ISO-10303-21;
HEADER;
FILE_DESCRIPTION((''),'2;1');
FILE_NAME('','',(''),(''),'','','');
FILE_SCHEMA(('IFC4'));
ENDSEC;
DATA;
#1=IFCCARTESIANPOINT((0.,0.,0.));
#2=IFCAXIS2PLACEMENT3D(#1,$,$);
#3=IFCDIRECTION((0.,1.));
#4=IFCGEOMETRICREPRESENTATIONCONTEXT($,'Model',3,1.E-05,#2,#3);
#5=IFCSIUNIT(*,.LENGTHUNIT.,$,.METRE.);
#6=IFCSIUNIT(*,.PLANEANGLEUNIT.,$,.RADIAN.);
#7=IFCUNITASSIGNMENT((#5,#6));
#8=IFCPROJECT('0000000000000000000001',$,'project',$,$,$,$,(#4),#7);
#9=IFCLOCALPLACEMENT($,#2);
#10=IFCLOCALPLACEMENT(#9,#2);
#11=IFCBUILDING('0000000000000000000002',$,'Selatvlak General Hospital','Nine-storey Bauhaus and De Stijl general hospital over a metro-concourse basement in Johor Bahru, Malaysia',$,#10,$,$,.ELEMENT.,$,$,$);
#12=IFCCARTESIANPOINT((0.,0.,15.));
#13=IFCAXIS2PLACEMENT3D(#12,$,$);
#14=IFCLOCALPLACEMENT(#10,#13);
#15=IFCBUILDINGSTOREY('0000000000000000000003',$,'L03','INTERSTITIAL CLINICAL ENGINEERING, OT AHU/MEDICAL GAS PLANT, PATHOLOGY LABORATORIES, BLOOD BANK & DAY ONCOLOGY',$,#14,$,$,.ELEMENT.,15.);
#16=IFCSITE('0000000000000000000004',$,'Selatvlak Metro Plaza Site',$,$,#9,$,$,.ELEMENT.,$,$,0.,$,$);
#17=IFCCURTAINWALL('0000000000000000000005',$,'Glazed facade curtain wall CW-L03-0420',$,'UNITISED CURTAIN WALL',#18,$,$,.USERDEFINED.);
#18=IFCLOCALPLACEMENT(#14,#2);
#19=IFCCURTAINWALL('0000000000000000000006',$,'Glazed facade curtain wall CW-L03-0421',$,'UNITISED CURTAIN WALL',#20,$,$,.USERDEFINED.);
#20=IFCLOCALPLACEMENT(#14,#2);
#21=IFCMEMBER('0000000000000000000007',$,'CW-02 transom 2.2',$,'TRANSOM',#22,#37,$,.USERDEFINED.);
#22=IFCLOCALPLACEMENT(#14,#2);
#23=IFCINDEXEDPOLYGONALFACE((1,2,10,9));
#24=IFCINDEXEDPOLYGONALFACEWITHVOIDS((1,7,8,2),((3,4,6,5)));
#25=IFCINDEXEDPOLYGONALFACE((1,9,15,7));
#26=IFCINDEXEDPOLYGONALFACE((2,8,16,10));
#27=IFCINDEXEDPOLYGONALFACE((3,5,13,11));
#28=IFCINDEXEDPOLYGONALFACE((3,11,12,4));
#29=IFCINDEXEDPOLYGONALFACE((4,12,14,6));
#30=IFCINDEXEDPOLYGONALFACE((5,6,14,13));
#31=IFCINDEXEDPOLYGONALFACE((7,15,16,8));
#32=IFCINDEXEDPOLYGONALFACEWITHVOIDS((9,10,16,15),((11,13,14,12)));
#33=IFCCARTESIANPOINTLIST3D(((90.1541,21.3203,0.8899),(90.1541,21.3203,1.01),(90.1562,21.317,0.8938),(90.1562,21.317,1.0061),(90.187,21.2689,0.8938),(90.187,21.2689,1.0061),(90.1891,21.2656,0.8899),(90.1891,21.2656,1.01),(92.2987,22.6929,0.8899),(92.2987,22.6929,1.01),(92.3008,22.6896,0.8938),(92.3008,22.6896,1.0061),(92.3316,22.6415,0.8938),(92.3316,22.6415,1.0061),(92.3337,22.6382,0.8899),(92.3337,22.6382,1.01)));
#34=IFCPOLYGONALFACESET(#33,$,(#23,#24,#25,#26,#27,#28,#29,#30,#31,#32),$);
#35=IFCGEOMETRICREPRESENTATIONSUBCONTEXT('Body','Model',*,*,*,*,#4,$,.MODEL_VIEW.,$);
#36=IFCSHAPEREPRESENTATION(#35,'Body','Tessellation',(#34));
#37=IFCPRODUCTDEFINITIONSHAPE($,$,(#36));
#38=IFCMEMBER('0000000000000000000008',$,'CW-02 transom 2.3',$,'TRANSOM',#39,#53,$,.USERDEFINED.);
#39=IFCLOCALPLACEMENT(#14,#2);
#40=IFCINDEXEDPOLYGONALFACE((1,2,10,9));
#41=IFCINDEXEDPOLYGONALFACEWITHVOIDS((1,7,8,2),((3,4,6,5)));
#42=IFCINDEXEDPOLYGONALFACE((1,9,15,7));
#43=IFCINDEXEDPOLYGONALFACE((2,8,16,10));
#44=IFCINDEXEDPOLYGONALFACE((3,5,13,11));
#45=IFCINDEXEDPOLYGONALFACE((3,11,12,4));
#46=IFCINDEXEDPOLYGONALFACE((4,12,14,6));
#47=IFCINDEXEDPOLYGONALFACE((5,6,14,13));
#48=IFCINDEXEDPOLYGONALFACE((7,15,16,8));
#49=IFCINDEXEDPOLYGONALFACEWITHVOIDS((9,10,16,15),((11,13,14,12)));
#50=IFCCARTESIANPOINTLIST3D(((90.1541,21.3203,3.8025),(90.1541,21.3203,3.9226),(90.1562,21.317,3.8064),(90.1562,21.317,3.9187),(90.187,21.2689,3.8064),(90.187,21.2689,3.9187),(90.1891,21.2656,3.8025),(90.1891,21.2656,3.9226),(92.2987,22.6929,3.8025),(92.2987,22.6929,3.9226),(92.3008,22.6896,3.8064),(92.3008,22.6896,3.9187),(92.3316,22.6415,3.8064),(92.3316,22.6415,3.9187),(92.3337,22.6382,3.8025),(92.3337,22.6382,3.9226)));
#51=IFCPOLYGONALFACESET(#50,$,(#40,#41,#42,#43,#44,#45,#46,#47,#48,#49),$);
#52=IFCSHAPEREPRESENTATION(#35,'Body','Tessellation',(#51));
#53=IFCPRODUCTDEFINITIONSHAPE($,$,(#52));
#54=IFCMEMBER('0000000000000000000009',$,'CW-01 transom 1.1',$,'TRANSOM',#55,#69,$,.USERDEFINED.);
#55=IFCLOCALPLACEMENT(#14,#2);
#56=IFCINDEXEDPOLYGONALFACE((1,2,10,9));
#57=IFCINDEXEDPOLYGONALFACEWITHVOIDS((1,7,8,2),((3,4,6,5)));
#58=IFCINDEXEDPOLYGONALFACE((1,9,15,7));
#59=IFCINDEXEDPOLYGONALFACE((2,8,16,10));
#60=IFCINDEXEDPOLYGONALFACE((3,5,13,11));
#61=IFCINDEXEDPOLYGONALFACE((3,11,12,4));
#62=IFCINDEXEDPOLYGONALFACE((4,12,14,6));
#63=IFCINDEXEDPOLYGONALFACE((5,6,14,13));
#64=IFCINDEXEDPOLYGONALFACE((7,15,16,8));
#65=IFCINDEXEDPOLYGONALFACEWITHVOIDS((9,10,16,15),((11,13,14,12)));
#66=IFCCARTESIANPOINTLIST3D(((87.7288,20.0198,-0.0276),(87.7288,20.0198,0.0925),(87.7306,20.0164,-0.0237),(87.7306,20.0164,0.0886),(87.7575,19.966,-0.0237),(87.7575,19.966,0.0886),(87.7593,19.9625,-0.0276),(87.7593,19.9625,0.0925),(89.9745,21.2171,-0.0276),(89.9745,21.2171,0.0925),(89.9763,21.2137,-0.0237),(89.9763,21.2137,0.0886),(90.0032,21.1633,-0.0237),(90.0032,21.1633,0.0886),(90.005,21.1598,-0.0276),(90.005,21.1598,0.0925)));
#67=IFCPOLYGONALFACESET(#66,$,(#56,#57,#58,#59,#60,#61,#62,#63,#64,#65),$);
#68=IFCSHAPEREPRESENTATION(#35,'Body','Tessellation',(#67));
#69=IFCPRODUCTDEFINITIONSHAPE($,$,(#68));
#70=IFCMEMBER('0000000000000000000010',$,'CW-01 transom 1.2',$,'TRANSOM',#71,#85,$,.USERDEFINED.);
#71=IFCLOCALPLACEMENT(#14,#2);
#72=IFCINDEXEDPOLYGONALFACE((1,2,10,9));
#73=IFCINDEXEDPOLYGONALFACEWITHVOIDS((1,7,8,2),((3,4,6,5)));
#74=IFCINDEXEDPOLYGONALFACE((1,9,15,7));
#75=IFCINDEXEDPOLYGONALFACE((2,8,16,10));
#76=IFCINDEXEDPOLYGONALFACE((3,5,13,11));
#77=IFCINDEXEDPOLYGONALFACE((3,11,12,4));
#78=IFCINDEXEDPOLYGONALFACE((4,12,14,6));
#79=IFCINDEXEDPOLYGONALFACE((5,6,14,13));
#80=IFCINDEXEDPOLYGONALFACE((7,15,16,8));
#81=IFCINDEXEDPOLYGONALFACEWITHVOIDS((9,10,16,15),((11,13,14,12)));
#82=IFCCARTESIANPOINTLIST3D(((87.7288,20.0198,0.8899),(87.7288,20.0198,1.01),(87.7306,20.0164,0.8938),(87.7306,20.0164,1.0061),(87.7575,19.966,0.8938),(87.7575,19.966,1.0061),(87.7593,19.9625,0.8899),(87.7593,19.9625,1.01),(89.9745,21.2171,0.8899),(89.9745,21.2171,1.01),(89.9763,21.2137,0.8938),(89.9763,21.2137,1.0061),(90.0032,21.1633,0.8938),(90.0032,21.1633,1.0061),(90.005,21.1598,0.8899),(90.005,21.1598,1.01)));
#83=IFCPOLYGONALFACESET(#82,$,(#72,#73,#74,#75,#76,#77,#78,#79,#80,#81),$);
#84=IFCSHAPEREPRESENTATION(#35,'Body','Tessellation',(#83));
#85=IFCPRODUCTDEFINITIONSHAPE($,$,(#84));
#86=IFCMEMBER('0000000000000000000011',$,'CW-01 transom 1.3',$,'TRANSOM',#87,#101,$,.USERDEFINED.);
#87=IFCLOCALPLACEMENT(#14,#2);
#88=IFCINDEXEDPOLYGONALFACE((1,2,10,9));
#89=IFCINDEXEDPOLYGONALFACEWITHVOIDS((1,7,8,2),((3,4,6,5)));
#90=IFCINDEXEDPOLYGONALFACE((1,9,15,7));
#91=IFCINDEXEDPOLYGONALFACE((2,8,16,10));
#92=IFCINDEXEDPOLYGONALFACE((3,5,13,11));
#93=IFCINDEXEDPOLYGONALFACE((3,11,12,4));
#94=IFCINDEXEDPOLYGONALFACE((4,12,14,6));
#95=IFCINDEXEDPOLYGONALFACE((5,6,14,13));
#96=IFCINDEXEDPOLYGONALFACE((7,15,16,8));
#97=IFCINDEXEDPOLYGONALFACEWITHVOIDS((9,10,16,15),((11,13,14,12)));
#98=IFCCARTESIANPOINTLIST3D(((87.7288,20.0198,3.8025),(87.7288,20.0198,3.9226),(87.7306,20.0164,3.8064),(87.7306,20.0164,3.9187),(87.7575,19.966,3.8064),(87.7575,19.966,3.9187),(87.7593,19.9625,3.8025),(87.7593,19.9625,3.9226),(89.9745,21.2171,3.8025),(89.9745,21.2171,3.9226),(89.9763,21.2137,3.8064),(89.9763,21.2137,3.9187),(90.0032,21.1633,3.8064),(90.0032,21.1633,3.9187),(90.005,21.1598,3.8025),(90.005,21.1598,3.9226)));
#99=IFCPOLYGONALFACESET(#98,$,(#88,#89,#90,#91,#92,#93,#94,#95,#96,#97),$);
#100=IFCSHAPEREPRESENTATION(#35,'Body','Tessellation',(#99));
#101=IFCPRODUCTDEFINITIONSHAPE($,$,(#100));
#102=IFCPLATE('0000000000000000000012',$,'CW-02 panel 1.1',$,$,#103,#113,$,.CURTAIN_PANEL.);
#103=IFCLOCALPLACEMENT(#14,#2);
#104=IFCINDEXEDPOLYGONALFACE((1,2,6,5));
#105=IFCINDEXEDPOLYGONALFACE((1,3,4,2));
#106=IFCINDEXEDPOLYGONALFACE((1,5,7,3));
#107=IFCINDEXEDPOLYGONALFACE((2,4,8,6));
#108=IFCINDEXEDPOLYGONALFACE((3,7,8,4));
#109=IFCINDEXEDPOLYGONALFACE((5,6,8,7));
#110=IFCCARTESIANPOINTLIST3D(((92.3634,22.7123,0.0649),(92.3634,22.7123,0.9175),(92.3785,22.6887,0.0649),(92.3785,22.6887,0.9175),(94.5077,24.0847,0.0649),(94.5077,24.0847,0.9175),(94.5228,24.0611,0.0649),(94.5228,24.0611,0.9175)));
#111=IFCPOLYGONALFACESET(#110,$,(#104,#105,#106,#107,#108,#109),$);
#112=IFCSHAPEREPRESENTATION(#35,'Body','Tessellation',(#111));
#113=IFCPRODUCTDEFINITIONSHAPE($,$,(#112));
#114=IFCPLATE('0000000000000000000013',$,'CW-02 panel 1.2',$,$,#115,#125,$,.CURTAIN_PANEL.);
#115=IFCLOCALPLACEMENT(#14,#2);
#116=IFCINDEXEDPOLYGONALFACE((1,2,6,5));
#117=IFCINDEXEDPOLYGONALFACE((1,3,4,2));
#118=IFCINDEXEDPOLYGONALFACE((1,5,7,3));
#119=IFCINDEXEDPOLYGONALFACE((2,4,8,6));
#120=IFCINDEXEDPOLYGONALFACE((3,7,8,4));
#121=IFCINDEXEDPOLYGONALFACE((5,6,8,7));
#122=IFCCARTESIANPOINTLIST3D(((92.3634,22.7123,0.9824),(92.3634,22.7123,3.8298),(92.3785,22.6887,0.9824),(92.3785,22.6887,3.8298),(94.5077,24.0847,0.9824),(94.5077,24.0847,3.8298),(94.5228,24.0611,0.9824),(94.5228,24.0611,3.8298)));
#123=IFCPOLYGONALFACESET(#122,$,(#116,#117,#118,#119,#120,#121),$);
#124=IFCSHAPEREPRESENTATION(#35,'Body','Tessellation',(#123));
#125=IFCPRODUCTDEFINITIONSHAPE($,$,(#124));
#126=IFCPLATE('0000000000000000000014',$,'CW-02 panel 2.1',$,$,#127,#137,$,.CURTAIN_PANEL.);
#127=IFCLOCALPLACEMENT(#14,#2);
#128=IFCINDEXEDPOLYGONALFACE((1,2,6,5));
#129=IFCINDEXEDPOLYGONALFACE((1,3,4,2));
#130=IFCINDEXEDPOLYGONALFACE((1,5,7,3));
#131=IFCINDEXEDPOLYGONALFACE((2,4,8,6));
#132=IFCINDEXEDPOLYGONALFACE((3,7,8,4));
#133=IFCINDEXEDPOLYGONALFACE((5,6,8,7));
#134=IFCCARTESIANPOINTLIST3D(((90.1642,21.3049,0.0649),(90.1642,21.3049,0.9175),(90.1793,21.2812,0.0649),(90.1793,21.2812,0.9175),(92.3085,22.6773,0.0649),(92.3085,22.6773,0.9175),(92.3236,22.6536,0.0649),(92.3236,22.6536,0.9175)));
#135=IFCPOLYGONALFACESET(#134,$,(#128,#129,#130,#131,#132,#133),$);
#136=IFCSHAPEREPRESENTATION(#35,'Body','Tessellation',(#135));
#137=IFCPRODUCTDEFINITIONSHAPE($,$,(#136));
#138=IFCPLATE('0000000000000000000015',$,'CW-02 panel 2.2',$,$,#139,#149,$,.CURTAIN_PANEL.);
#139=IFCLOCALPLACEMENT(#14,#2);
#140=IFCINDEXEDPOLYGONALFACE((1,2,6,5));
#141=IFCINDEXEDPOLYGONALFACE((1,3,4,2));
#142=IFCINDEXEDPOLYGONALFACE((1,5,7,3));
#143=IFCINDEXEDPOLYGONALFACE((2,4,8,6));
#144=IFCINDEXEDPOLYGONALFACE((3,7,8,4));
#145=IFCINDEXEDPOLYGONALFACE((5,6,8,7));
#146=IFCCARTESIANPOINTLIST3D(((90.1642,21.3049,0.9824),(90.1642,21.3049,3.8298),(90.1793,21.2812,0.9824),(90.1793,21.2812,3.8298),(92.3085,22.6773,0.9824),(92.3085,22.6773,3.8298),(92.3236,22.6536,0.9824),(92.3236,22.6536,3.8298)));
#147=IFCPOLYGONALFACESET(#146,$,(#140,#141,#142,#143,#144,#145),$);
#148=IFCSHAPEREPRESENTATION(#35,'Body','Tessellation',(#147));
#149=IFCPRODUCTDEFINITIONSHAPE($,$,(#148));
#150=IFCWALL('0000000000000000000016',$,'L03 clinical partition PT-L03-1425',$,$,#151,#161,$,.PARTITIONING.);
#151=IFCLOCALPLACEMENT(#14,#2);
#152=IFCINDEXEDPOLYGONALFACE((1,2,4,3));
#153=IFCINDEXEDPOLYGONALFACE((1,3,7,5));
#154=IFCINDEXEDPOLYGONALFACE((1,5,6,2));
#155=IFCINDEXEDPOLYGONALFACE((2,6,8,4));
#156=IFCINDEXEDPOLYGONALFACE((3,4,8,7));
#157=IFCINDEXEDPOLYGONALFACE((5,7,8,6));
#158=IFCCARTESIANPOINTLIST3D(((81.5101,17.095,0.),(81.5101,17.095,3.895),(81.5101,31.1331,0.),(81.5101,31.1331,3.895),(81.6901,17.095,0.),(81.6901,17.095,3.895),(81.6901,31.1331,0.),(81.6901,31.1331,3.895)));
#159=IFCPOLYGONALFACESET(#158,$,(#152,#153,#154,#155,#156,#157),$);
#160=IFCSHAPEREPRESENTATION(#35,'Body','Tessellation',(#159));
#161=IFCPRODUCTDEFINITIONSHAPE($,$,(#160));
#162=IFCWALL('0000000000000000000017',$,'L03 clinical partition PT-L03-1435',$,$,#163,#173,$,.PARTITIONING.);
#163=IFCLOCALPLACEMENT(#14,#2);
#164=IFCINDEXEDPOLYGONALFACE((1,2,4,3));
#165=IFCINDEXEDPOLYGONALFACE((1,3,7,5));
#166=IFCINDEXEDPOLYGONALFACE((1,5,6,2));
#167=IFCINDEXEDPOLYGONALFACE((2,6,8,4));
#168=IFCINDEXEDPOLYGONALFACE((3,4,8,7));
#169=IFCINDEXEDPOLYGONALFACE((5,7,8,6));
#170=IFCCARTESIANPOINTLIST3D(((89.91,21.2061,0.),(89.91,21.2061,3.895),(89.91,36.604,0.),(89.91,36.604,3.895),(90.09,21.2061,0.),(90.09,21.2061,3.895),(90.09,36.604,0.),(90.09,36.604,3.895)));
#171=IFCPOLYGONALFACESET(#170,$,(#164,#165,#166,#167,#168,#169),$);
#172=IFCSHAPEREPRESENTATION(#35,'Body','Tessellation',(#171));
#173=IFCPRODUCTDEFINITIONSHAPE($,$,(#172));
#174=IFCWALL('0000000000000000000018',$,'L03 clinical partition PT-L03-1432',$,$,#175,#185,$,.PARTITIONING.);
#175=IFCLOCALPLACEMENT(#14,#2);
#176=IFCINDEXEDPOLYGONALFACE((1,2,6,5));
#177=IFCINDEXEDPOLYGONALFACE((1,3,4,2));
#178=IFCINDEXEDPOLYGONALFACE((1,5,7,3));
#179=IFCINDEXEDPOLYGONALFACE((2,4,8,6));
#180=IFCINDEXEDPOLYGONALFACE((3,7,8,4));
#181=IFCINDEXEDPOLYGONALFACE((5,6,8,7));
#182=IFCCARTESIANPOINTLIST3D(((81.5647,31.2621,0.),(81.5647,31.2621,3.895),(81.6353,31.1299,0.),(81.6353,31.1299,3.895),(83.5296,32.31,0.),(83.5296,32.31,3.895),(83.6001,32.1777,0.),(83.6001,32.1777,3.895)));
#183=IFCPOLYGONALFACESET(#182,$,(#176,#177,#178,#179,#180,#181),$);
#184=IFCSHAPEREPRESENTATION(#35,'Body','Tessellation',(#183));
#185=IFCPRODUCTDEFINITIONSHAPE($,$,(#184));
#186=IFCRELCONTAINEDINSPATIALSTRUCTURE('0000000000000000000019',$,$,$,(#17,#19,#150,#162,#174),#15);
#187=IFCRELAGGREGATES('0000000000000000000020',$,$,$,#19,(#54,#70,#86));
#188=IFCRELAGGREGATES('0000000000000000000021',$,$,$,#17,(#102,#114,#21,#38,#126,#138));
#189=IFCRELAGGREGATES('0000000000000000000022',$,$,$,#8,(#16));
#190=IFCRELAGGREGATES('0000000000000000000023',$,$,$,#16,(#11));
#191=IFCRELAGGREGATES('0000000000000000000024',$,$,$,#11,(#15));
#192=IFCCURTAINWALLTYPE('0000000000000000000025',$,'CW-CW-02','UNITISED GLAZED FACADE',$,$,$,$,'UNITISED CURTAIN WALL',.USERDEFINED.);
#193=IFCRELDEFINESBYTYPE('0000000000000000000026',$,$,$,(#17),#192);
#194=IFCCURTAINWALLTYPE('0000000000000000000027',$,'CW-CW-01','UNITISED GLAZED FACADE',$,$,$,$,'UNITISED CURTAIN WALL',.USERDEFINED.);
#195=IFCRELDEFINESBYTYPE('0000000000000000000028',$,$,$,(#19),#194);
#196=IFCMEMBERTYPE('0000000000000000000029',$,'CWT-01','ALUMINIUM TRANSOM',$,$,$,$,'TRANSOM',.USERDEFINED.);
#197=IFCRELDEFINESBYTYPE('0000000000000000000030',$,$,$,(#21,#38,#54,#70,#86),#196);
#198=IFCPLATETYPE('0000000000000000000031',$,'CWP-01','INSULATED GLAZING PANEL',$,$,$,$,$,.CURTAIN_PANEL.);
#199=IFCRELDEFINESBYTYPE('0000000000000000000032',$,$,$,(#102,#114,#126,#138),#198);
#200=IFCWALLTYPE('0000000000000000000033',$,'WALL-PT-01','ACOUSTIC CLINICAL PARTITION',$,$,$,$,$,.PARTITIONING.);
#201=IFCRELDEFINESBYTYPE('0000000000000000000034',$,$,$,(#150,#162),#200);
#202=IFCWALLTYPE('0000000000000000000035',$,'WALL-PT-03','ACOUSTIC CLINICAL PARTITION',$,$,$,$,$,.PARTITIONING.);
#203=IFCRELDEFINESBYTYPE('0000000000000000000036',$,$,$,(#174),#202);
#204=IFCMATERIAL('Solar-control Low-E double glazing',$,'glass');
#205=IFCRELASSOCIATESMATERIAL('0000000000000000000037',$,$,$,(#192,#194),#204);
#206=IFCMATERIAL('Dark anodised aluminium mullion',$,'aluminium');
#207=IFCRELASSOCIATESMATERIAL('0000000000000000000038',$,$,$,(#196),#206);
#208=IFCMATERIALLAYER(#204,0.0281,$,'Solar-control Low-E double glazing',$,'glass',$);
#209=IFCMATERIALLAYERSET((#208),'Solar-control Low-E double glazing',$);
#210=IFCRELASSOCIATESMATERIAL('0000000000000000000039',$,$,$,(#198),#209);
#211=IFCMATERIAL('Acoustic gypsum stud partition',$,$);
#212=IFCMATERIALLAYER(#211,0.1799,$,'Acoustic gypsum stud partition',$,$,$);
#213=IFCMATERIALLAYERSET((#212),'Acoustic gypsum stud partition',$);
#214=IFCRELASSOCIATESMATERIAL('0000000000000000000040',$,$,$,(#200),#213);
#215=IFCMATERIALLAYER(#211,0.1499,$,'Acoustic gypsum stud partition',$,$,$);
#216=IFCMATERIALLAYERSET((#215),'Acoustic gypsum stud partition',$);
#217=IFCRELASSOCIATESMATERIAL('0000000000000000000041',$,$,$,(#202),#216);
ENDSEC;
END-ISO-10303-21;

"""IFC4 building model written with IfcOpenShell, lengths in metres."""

from ifc_helpers import new_model, si_unit, direction, frame, frame_2d, origin, origin_2d, place, context, subcontext, project, spatial, rectangle, hollow_rectangle, extrude, material, layer, layer_set, material_profile, profile_set, type_object, element, aggregate, save


model = new_model("IFC4")

# Units and contexts
model_context = context("Model", 3, precision=1e-05, world=origin(), true_north=direction((0.0, 1.0)))
body_context = subcontext(model_context, "Body", "Model", "MODEL_VIEW")
ifc_project = project(units=[si_unit("LENGTHUNIT", "METRE"), si_unit("PLANEANGLEUNIT", "RADIAN")], contexts=[model_context])

# Site, building, storey
site_placement = place(None, origin())
site = spatial("IfcSite", under=ifc_project, at=site_placement, Name="Selatvlak Metro Plaza Site", CompositionType="ELEMENT", RefElevation=0.0)
building_placement = place(site_placement, origin())
building = spatial("IfcBuilding", under=site, at=building_placement, Name="Selatvlak General Hospital", Description="Nine-storey Bauhaus and De Stijl general hospital over a metro-concourse basement in Johor Bahru, Malaysia", CompositionType="ELEMENT")
storey_placement = place(building_placement, frame((0.0, 0.0, 15.0)))
storey = spatial("IfcBuildingStorey", under=building, at=storey_placement, Name="L03", Description="INTERSTITIAL CLINICAL ENGINEERING, OT AHU/MEDICAL GAS PLANT, PATHOLOGY LABORATORIES, BLOOD BANK & DAY ONCOLOGY", CompositionType="ELEMENT", Elevation=15.0)

# Curtain wall
ifc_material_1 = material(Name="Solar-control Low-E double glazing", Category="glass")
curtain_wall_type_1 = type_object("IfcCurtainWallType", Name="CW-CW-02", Description="UNITISED GLAZED FACADE", ElementType="UNITISED CURTAIN WALL", PredefinedType="USERDEFINED", material=ifc_material_1)
curtain_wall_1_placement = place(storey_placement, origin())
curtain_wall_1 = element("IfcCurtainWall", 1, at=curtain_wall_1_placement, inside=storey, type_object=curtain_wall_type_1, Name="Glazed facade curtain wall CW-L03-0420", ObjectType="UNITISED CURTAIN WALL", PredefinedType="USERDEFINED")
ifc_material_2 = material(Name="Dark anodised aluminium mullion", Category="aluminium")

# Curtain wall
curtain_wall_type_2 = type_object("IfcCurtainWallType", Name="CW-CW-01", Description="UNITISED GLAZED FACADE", ElementType="UNITISED CURTAIN WALL", PredefinedType="USERDEFINED", material=ifc_material_1)
curtain_wall_2_placement = place(storey_placement, origin())
curtain_wall_2 = element("IfcCurtainWall", 2, at=curtain_wall_2_placement, inside=storey, type_object=curtain_wall_type_2, Name="Glazed facade curtain wall CW-L03-0421", ObjectType="UNITISED CURTAIN WALL", PredefinedType="USERDEFINED")

# Members
ifc_material_profile_1 = material_profile(ifc_material_2, hollow_rectangle(XDim=0.0649, YDim=0.1201, WallThickness=0.0039, at=origin_2d()), Name="AL-TRN 65x120x4")
ifc_profile_set_1 = profile_set([ifc_material_profile_1], Name="Dark anodised aluminium mullion")
member_type_1 = type_object("IfcMemberType", Name="CWT-01", Description="ALUMINIUM TRANSOM", ElementType="TRANSOM", PredefinedType="USERDEFINED", material=ifc_profile_set_1)
member_1_placement = place(storey_placement, frame((92.3162, 22.6655, 0.95), z_axis=(-0.842261, -0.53907, 0.0), x_axis=(0.53907, -0.842261, 0.0)))
member_1 = element("IfcMember", 3, at=member_1_placement, type_object=member_type_1, Name="CW-02 transom 2.2", ObjectType="TRANSOM", PredefinedType="USERDEFINED", context=body_context, shape_type="SweptSolid", body=[
    extrude(hollow_rectangle(XDim=0.0649, YDim=0.1201, WallThickness=0.0039, at=origin_2d()), origin(), (0.0, 0.0, 1.0), 2.5461),
])
member_2_placement = place(storey_placement, frame((92.3162, 22.6655, 3.8625), z_axis=(-0.842261, -0.53907, 0.0), x_axis=(0.53907, -0.842261, 0.0)))
member_2 = element("IfcMember", 4, at=member_2_placement, type_object=member_type_1, Name="CW-02 transom 2.3", ObjectType="TRANSOM", PredefinedType="USERDEFINED", context=body_context, shape_type="SweptSolid", body=[
    extrude(hollow_rectangle(XDim=0.0649, YDim=0.1201, WallThickness=0.0039, at=origin_2d()), origin(), (0.0, 0.0, 1.0), 2.5461),
])
member_3_placement = place(storey_placement, frame((89.9897, 21.1885, 0.0325), z_axis=(-0.882417, -0.470469, 0.0), x_axis=(0.470469, -0.882417, 0.0)))
member_3 = element("IfcMember", 5, at=member_3_placement, type_object=member_type_1, Name="CW-01 transom 1.1", ObjectType="TRANSOM", PredefinedType="USERDEFINED", context=body_context, shape_type="SweptSolid", body=[
    extrude(hollow_rectangle(XDim=0.0649, YDim=0.1201, WallThickness=0.0039, at=origin_2d()), origin(), (0.0, 0.0, 1.0), 2.5449),
])
member_4_placement = place(storey_placement, frame((89.9897, 21.1885, 0.95), z_axis=(-0.882417, -0.470469, 0.0), x_axis=(0.470469, -0.882417, 0.0)))
member_4 = element("IfcMember", 6, at=member_4_placement, type_object=member_type_1, Name="CW-01 transom 1.2", ObjectType="TRANSOM", PredefinedType="USERDEFINED", context=body_context, shape_type="SweptSolid", body=[
    extrude(hollow_rectangle(XDim=0.0649, YDim=0.1201, WallThickness=0.0039, at=origin_2d()), origin(), (0.0, 0.0, 1.0), 2.5449),
])
member_5_placement = place(storey_placement, frame((89.9897, 21.1885, 3.8625), z_axis=(-0.882417, -0.470469, 0.0), x_axis=(0.470469, -0.882417, 0.0)))
member_5 = element("IfcMember", 7, at=member_5_placement, type_object=member_type_1, Name="CW-01 transom 1.3", ObjectType="TRANSOM", PredefinedType="USERDEFINED", context=body_context, shape_type="SweptSolid", body=[
    extrude(hollow_rectangle(XDim=0.0649, YDim=0.1201, WallThickness=0.0039, at=origin_2d()), origin(), (0.0, 0.0, 1.0), 2.5449),
])
aggregate(curtain_wall_2, [member_3, member_4, member_5])

# Plates
ifc_layer_1 = layer(ifc_material_1, 0.0281, Name="Solar-control Low-E double glazing", Category="glass")
ifc_layer_set_1 = layer_set([ifc_layer_1], Name="Solar-control Low-E double glazing")
plate_type = type_object("IfcPlateType", Name="CWP-01", Description="INSULATED GLAZING PANEL", PredefinedType="CURTAIN_PANEL", material=ifc_layer_set_1)
plate_1_placement = place(storey_placement, frame((93.4431, 23.3867, 0.0649), z_axis=(0.0, 0.0, 1.0), x_axis=(-0.842265, -0.539064, 0.0)))
plate_1 = element("IfcPlate", 8, at=plate_1_placement, type_object=plate_type, Name="CW-02 panel 1.1", PredefinedType="CURTAIN_PANEL", context=body_context, shape_type="SweptSolid", body=[
    extrude(rectangle(XDim=2.5459, YDim=0.0281, at=origin_2d()), origin(), (0.0, 0.0, 1.0), 0.8525),
])
plate_2_placement = place(storey_placement, frame((93.4431, 23.3867, 0.9824), z_axis=(0.0, 0.0, 1.0), x_axis=(-0.842265, -0.539064, 0.0)))
plate_2 = element("IfcPlate", 9, at=plate_2_placement, type_object=plate_type, Name="CW-02 panel 1.2", PredefinedType="CURTAIN_PANEL", context=body_context, shape_type="SweptSolid", body=[
    extrude(rectangle(XDim=2.5459, YDim=0.0281, at=origin_2d()), origin(), (0.0, 0.0, 1.0), 2.8474),
])
plate_3_placement = place(storey_placement, frame((91.2439, 21.9792, 0.0649), z_axis=(0.0, 0.0, 1.0), x_axis=(-0.842265, -0.539064, 0.0)))
plate_3 = element("IfcPlate", 10, at=plate_3_placement, type_object=plate_type, Name="CW-02 panel 2.1", PredefinedType="CURTAIN_PANEL", context=body_context, shape_type="SweptSolid", body=[
    extrude(rectangle(XDim=2.5459, YDim=0.0281, at=origin_2d()), origin(), (0.0, 0.0, 1.0), 0.8525),
])
plate_4_placement = place(storey_placement, frame((91.2439, 21.9792, 0.9824), z_axis=(0.0, 0.0, 1.0), x_axis=(-0.842265, -0.539064, 0.0)))
plate_4 = element("IfcPlate", 11, at=plate_4_placement, type_object=plate_type, Name="CW-02 panel 2.2", PredefinedType="CURTAIN_PANEL", context=body_context, shape_type="SweptSolid", body=[
    extrude(rectangle(XDim=2.5459, YDim=0.0281, at=origin_2d()), origin(), (0.0, 0.0, 1.0), 2.8474),
])
aggregate(curtain_wall_1, [plate_1, plate_2, member_1, member_2, plate_3, plate_4])

# Walls
ifc_material_3 = material(Name="Acoustic gypsum stud partition")
ifc_layer_2 = layer(ifc_material_3, 0.1799, Name="Acoustic gypsum stud partition")
ifc_layer_set_2 = layer_set([ifc_layer_2], Name="Acoustic gypsum stud partition")
wall_type_1 = type_object("IfcWallType", Name="WALL-PT-01", Description="ACOUSTIC CLINICAL PARTITION", PredefinedType="PARTITIONING", material=ifc_layer_set_2)
wall_1_placement = place(storey_placement, frame((81.6001, 31.1331, 0.0), z_axis=(0.0, 0.0, 1.0), x_axis=(0.0, -1.0, 0.0)))
element("IfcWall", 12, at=wall_1_placement, inside=storey, type_object=wall_type_1, Name="L03 clinical partition PT-L03-1425", PredefinedType="PARTITIONING", context=body_context, shape_type="SweptSolid", body=[
    extrude(rectangle(XDim=14.0381, YDim=0.1799, at=frame_2d((7.019, 0.0))), origin(), (0.0, 0.0, 1.0), 3.895),
])
wall_2_placement = place(storey_placement, frame((90.0, 36.604, 0.0), z_axis=(0.0, 0.0, 1.0), x_axis=(0.0, -1.0, 0.0)))
element("IfcWall", 13, at=wall_2_placement, inside=storey, type_object=wall_type_1, Name="L03 clinical partition PT-L03-1435", PredefinedType="PARTITIONING", context=body_context, shape_type="SweptSolid", body=[
    extrude(rectangle(XDim=15.3979, YDim=0.1799, at=frame_2d((7.699, 0.0))), origin(), (0.0, 0.0, 1.0), 3.895),
])

# Shared definitions
ifc_layer_3 = layer(ifc_material_3, 0.1499, Name="Acoustic gypsum stud partition")
ifc_layer_set_3 = layer_set([ifc_layer_3], Name="Acoustic gypsum stud partition")
wall_type_2 = type_object("IfcWallType", Name="WALL-PT-03", Description="ACOUSTIC CLINICAL PARTITION", PredefinedType="PARTITIONING", material=ifc_layer_set_3)

# Wall
wall_3_placement = place(storey_placement, frame((81.6001, 31.196, 0.0), z_axis=(0.0, 0.0, 1.0), x_axis=(0.882365, 0.470565, 0.0)))
element("IfcWall", 14, at=wall_3_placement, inside=storey, type_object=wall_type_2, Name="L03 clinical partition PT-L03-1432", PredefinedType="PARTITIONING", context=body_context, shape_type="SweptSolid", body=[
    extrude(rectangle(XDim=2.2268, YDim=0.1499, at=frame_2d((1.1133, 0.0))), origin(), (0.0, 0.0, 1.0), 3.895),
])

save(model, "model.ifc")
